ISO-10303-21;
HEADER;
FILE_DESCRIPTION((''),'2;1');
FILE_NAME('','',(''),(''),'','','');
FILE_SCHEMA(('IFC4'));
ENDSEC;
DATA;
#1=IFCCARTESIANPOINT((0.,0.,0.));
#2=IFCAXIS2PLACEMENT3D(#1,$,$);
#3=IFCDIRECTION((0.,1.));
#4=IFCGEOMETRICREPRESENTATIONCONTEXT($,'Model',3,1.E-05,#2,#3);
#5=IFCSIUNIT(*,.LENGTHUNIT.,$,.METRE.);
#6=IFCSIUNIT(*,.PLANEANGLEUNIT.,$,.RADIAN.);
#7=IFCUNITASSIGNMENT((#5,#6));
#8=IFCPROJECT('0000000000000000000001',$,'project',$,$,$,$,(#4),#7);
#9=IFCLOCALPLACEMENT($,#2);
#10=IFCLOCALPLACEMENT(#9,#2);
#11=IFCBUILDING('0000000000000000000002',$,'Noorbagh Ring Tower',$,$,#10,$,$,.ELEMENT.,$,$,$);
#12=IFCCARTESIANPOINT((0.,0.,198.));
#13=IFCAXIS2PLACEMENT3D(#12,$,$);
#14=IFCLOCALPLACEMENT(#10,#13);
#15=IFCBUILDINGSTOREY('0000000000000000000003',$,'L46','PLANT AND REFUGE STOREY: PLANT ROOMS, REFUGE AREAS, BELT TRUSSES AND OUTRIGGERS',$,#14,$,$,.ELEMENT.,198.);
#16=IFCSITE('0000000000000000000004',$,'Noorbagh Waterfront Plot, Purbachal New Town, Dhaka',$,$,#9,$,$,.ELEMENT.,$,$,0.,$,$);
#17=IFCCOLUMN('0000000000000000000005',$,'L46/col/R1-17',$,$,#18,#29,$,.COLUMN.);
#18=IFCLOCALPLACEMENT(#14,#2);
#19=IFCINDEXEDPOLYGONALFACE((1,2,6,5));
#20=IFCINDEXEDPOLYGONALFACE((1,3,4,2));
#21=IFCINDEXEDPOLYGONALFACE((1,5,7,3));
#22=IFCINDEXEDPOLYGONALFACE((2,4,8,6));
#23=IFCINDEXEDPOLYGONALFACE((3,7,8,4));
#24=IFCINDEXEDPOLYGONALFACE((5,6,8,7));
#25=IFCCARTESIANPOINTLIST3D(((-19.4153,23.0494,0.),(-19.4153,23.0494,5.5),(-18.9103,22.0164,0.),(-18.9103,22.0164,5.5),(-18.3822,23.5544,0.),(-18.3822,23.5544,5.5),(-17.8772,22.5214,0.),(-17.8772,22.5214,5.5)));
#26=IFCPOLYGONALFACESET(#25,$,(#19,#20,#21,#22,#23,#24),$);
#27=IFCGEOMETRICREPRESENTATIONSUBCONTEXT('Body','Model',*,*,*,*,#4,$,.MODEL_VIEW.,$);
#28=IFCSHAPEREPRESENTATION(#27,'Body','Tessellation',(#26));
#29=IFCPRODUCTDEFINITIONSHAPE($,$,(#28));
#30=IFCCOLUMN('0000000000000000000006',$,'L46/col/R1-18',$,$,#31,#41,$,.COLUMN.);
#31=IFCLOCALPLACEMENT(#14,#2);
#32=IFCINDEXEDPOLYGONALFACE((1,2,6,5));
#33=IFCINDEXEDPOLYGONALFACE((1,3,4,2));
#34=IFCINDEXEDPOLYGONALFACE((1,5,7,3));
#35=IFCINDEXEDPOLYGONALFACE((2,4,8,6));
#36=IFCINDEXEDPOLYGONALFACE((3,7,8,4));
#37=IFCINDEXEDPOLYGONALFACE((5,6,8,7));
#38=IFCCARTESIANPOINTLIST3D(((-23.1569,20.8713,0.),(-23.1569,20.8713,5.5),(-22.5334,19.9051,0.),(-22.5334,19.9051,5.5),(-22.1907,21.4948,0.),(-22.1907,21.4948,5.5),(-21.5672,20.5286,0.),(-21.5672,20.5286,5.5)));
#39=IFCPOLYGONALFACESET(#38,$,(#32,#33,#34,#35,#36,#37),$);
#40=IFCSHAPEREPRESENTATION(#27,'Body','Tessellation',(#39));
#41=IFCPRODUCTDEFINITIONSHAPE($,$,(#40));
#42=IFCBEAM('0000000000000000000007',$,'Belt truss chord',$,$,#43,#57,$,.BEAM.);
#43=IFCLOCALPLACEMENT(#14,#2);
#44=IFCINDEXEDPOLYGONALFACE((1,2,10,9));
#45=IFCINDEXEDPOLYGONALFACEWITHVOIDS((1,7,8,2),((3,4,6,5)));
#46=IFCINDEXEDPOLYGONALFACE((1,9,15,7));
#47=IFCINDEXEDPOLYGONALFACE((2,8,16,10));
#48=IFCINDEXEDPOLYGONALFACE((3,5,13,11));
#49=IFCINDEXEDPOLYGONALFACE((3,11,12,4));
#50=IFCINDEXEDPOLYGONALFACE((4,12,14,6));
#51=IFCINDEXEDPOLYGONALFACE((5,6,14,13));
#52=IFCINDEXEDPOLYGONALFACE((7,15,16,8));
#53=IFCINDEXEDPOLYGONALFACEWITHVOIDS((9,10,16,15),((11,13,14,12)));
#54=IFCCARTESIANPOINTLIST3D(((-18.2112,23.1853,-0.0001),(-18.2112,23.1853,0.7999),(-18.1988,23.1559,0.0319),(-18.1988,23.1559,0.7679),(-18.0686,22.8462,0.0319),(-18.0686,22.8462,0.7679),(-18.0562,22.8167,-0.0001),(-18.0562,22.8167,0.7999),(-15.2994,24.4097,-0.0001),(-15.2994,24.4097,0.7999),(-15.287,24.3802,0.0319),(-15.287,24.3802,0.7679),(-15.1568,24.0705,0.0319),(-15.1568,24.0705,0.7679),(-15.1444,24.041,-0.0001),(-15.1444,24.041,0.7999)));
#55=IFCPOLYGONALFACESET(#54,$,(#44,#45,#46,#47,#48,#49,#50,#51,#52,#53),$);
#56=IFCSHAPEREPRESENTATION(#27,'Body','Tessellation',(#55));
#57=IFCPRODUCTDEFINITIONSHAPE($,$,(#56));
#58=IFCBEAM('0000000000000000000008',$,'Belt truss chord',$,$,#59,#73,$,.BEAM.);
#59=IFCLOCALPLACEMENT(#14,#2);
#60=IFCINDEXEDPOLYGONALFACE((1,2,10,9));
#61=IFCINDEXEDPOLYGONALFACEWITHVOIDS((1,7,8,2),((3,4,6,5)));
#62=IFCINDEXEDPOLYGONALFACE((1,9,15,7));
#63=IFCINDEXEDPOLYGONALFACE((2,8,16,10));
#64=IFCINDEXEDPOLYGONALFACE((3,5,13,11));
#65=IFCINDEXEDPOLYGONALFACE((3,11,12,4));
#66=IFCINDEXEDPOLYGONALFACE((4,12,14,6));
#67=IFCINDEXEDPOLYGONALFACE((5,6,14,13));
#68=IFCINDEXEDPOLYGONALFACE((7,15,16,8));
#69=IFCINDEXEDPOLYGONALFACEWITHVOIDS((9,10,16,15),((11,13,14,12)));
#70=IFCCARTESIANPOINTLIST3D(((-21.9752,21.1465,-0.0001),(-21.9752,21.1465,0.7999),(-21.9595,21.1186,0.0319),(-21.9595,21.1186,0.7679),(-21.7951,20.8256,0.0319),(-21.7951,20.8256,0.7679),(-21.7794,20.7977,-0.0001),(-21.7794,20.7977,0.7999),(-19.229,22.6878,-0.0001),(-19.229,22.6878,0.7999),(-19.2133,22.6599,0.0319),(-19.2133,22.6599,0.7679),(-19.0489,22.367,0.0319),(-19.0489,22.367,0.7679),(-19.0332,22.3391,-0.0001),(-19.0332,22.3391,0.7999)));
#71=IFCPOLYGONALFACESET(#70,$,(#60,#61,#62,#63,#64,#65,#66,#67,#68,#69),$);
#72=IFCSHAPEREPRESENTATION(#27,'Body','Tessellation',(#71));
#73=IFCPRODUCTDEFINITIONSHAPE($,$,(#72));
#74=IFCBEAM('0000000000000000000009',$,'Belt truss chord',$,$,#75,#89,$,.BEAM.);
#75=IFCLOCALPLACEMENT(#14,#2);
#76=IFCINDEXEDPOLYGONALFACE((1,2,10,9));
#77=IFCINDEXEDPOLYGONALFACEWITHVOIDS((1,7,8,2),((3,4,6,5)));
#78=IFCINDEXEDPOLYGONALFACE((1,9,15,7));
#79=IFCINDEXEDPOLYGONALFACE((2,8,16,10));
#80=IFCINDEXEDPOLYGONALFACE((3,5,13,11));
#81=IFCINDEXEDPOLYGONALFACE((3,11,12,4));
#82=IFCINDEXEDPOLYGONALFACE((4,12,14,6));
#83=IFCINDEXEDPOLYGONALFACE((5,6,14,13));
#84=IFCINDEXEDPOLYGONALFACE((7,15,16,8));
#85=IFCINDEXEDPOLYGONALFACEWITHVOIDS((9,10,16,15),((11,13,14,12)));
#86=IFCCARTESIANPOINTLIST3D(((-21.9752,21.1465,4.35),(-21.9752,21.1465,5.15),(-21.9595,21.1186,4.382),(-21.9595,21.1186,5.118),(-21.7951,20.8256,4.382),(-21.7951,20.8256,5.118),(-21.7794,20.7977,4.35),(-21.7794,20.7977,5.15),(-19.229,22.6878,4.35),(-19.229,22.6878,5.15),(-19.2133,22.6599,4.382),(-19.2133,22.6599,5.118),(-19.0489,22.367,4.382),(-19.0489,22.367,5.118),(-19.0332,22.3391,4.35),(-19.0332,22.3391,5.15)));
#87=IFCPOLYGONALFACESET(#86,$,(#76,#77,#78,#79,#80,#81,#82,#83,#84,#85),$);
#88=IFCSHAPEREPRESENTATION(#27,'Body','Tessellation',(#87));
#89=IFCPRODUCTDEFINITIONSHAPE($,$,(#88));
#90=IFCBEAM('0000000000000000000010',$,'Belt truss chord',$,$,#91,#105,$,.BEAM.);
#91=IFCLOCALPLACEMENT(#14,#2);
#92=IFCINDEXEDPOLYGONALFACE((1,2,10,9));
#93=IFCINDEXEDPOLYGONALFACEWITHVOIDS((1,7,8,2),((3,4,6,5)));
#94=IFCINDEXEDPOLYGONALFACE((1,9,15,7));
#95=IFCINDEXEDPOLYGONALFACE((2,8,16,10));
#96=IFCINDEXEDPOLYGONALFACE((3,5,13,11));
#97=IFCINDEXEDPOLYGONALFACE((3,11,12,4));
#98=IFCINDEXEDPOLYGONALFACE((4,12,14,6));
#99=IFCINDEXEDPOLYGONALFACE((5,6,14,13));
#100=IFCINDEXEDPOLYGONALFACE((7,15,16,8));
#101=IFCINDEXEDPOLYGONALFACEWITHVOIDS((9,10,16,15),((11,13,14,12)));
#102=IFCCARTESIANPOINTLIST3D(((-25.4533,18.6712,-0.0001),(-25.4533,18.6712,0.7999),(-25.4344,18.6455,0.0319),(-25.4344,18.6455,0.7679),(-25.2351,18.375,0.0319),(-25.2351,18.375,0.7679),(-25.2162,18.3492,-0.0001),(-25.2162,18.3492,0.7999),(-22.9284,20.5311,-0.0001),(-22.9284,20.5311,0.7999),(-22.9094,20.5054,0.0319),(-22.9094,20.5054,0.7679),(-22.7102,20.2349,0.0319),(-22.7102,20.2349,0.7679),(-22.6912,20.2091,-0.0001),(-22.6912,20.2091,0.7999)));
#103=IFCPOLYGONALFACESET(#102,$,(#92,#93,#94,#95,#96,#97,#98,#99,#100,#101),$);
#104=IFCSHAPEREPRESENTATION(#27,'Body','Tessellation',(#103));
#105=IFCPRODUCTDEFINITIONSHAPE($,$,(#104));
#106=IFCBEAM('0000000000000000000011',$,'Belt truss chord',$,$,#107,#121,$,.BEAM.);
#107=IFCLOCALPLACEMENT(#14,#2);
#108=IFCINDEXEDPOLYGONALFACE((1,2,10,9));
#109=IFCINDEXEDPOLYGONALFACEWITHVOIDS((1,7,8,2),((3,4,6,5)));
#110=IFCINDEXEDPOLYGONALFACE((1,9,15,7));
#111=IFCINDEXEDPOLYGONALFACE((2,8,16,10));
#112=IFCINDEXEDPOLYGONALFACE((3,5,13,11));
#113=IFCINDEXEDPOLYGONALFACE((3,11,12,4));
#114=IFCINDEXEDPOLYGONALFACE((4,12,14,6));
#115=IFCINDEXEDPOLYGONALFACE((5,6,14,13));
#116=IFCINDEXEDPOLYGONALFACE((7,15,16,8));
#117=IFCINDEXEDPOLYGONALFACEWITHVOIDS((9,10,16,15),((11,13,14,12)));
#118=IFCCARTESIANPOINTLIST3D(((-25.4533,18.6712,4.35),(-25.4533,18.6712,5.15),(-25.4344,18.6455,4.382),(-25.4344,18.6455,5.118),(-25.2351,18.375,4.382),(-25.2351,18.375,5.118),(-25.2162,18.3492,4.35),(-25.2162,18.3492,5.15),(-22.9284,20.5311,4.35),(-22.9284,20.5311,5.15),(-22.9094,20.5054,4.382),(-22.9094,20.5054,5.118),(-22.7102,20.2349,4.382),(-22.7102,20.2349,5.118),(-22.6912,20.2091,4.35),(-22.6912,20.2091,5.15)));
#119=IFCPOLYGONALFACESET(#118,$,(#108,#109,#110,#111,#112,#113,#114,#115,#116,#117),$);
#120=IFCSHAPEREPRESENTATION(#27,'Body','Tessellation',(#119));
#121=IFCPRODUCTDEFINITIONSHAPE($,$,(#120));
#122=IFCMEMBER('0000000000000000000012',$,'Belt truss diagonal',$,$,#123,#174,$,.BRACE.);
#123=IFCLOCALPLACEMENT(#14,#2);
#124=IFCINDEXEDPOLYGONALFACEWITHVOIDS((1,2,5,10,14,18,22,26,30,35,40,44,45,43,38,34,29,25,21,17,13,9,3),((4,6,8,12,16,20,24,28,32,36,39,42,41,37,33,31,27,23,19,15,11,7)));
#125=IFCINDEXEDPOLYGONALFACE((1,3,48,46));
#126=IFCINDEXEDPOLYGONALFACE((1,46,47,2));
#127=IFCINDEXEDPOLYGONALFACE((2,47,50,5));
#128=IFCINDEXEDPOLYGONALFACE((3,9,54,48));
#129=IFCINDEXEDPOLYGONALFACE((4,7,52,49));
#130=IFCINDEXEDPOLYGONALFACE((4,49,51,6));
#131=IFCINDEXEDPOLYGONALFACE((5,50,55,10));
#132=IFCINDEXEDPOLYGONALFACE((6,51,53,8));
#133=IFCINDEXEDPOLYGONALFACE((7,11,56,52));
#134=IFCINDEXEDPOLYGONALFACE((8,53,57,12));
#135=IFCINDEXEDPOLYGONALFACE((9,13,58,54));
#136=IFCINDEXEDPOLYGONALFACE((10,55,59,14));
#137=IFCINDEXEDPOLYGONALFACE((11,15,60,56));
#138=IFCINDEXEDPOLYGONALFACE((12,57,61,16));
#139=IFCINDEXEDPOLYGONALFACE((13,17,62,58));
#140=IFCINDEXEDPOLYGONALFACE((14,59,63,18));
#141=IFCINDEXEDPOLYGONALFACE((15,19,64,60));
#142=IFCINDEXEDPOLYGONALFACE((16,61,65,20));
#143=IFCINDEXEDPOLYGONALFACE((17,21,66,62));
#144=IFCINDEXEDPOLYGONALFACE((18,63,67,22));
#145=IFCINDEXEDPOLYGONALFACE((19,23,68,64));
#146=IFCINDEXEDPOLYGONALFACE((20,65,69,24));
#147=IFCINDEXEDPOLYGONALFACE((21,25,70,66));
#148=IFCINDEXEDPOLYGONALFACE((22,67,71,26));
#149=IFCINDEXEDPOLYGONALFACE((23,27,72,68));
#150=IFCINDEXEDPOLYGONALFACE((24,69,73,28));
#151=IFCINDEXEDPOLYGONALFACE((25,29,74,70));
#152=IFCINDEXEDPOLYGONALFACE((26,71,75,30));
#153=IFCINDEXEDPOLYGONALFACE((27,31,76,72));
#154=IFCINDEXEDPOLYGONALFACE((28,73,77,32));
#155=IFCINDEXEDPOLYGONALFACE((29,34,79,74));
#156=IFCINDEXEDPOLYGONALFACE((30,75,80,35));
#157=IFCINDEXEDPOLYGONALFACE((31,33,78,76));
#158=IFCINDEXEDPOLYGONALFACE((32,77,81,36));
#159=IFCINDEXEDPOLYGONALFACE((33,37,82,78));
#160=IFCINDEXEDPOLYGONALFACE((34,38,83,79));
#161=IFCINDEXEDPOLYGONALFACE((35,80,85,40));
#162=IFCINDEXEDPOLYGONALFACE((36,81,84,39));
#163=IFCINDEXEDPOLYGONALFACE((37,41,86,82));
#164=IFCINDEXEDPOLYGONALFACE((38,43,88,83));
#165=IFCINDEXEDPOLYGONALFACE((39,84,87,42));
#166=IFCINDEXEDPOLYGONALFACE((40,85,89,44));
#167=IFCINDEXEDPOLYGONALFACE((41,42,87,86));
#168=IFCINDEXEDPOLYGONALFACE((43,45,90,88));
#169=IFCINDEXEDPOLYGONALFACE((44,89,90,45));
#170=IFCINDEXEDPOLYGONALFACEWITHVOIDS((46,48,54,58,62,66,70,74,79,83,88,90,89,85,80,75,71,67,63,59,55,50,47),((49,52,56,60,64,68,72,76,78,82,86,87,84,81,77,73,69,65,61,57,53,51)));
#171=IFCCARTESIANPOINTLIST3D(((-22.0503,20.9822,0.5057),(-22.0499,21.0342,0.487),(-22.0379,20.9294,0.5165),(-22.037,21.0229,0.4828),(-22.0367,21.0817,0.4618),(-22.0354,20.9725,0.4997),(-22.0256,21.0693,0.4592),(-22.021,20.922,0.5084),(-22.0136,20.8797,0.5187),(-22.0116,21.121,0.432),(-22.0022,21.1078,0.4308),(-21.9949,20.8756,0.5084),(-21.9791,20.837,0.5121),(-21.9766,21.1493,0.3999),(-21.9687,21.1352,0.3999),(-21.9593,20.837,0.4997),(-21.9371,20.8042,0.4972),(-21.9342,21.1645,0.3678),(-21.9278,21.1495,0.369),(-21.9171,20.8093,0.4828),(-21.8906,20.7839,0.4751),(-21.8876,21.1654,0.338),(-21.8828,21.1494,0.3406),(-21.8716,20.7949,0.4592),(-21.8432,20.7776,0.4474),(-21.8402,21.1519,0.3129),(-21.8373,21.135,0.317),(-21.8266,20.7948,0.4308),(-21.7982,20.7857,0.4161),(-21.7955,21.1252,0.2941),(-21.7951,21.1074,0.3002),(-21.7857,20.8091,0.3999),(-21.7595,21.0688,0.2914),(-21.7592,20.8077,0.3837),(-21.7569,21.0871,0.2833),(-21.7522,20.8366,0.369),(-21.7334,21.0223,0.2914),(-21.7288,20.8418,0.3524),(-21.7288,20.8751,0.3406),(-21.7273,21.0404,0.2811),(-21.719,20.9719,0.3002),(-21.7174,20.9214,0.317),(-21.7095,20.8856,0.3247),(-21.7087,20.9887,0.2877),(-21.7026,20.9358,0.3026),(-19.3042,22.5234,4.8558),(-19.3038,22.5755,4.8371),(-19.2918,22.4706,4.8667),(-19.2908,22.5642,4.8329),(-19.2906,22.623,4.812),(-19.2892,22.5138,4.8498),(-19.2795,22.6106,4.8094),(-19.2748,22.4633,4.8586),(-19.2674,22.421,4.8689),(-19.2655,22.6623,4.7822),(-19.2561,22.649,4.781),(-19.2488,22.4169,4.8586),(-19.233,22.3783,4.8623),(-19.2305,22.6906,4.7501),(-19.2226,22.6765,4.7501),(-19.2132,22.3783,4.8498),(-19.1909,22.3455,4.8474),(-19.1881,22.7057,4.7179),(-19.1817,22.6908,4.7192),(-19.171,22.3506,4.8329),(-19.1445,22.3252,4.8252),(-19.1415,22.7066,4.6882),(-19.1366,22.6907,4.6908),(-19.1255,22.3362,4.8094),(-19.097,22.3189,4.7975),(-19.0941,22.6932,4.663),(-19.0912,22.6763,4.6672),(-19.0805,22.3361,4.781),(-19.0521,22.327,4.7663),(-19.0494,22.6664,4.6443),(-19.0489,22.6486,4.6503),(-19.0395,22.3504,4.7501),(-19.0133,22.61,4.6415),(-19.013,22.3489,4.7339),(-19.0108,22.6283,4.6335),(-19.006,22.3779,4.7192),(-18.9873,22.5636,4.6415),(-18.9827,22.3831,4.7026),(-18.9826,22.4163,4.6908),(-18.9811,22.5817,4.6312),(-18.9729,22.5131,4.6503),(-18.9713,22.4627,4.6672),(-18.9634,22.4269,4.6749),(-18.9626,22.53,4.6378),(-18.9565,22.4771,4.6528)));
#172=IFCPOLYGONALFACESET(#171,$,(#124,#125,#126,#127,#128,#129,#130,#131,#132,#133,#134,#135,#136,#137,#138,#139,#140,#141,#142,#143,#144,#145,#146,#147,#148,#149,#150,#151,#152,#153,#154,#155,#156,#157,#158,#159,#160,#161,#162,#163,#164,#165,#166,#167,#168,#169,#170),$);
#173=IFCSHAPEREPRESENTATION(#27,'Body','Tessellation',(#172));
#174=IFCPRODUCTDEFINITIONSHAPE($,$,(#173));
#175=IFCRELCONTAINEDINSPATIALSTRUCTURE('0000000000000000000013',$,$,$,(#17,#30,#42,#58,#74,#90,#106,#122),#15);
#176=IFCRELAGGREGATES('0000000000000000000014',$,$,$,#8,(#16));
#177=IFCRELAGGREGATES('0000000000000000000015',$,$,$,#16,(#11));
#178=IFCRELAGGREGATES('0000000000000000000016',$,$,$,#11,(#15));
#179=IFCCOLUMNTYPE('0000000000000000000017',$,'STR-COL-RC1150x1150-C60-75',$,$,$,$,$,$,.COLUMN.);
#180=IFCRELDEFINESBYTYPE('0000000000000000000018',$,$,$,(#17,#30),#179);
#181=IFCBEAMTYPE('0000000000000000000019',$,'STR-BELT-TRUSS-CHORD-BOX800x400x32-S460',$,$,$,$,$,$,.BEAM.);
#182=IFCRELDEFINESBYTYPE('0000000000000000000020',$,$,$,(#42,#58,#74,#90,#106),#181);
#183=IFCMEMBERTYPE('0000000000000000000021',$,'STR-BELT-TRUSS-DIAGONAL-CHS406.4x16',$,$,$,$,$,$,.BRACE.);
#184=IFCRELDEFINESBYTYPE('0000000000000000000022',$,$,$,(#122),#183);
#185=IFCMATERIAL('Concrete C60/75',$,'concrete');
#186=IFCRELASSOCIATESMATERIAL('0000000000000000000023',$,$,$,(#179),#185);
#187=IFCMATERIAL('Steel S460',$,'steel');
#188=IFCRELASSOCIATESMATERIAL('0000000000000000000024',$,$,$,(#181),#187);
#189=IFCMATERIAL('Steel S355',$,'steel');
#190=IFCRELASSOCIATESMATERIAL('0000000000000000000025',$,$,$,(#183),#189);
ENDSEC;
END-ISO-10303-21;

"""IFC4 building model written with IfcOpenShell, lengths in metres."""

from ifc_helpers import new_model, si_unit, direction, frame, origin, origin_2d, place, context, subcontext, project, spatial, rectangle, hollow_rectangle, hollow_circle, extrude, material, material_profile, profile_set, type_object, element, save


model = new_model("IFC4")

# Units and contexts
model_context = context("Model", 3, precision=1e-05, world=origin(), true_north=direction((0.0, 1.0)))
body_context = subcontext(model_context, "Body", "Model", "MODEL_VIEW")
ifc_project = project(units=[si_unit("LENGTHUNIT", "METRE"), si_unit("PLANEANGLEUNIT", "RADIAN")], contexts=[model_context])

# Site, building, storey
site_placement = place(None, origin())
site = spatial("IfcSite", under=ifc_project, at=site_placement, Name="Noorbagh Waterfront Plot, Purbachal New Town, Dhaka", CompositionType="ELEMENT", RefElevation=0.0)
building_placement = place(site_placement, origin())
building = spatial("IfcBuilding", under=site, at=building_placement, Name="Noorbagh Ring Tower", CompositionType="ELEMENT")
storey_placement = place(building_placement, frame((0.0, 0.0, 198.0)))
storey = spatial("IfcBuildingStorey", under=building, at=storey_placement, Name="L46", Description="PLANT AND REFUGE STOREY: PLANT ROOMS, REFUGE AREAS, BELT TRUSSES AND OUTRIGGERS", CompositionType="ELEMENT", Elevation=198.0)

# Columns
ifc_material_1 = material(Name="Concrete C60/75", Category="concrete")
ifc_material_profile_1 = material_profile(ifc_material_1, rectangle(XDim=1.1499, YDim=1.1499, at=origin_2d()), Name="RC1150x1150")
ifc_profile_set_1 = profile_set([ifc_material_profile_1], Name="Concrete C60/75")
column_type = type_object("IfcColumnType", Name="STR-COL-RC1150x1150-C60-75", PredefinedType="COLUMN", material=ifc_profile_set_1)
for number, where, z_axis, x_axis, name in (
    (1, (-18.6462, 22.7854, 0.0), (0.0, 0.0, 1.0), (-0.898399, -0.43918, 0.0), "L46/col/R1-17"),
    (2, (-22.3621, 20.7, 0.0), (0.0, 0.0, 1.0), (-0.840248, -0.542203, 0.0), "L46/col/R1-18"),
):
    element("IfcColumn", number, at=place(storey_placement, frame(where, z_axis=z_axis, x_axis=x_axis)), inside=storey, type_object=column_type, Name=name, PredefinedType="COLUMN", context=body_context, shape_type="SweptSolid", body=[
        extrude(rectangle(XDim=1.1499, YDim=1.1499, at=origin_2d()), origin(), (0.0, 0.0, 1.0), 5.5),
    ])

# Beams
ifc_material_2 = material(Name="Steel S460", Category="steel")
ifc_material_profile_2 = material_profile(ifc_material_2, hollow_rectangle(XDim=0.3999, YDim=0.8, WallThickness=0.032, at=origin_2d()), Name="BOX800x400x32")
ifc_profile_set_2 = profile_set([ifc_material_profile_2], Name="Steel S460")
beam_type_1 = type_object("IfcBeamType", Name="STR-BELT-TRUSS-CHORD-BOX800x400x32-S460", PredefinedType="BEAM", material=ifc_profile_set_2)
beam_1_placement = place(storey_placement, frame((-15.2219, 24.2253, 0.3999), z_axis=(-0.921826, -0.387604, 0.0), x_axis=(0.387604, -0.921826, 0.0)))
element("IfcBeam", 3, at=beam_1_placement, inside=storey, type_object=beam_type_1, Name="Belt truss chord", PredefinedType="BEAM", context=body_context, shape_type="SweptSolid", body=[
    extrude(hollow_rectangle(XDim=0.3999, YDim=0.8, WallThickness=0.032, at=origin_2d()), origin(), (0.0, 0.0, 1.0), 3.1587),
])
for number, where, z_axis, x_axis, name in (
    (4, (-19.1311, 22.5134, 0.3999), (-0.872039, -0.489437, 0.0), (0.489437, -0.872039, 0.0), "Belt truss chord"),
    (5, (-19.1311, 22.5134, 4.75), (-0.872039, -0.489437, 0.0), (0.489437, -0.872039, 0.0), "Belt truss chord"),
):
    element("IfcBeam", number, at=place(storey_placement, frame(where, z_axis=z_axis, x_axis=x_axis)), inside=storey, type_object=beam_type_1, Name=name, PredefinedType="BEAM", context=body_context, shape_type="SweptSolid", body=[
        extrude(hollow_rectangle(XDim=0.3999, YDim=0.8, WallThickness=0.032, at=origin_2d()), origin(), (0.0, 0.0, 1.0), 3.1492),
    ])
for number, where, z_axis, x_axis, name in (
    (6, (-22.8098, 20.3701, 0.3999), (-0.805146, -0.593077, 0.0), (0.593077, -0.805146, 0.0), "Belt truss chord"),
    (7, (-22.8098, 20.3701, 4.75), (-0.805146, -0.593077, 0.0), (0.593077, -0.805146, 0.0), "Belt truss chord"),
):
    element("IfcBeam", number, at=place(storey_placement, frame(where, z_axis=z_axis, x_axis=x_axis)), inside=storey, type_object=beam_type_1, Name=name, PredefinedType="BEAM", context=body_context, shape_type="SweptSolid", body=[
        extrude(hollow_rectangle(XDim=0.3999, YDim=0.8, WallThickness=0.032, at=origin_2d()), origin(), (0.0, 0.0, 1.0), 3.136),
    ])

# Member
ifc_material_3 = material(Name="Steel S355", Category="steel")
ifc_material_profile_3 = material_profile(ifc_material_3, hollow_circle(Radius=0.2031, WallThickness=0.0161, at=origin_2d()), Name="CHS406.4x16")
ifc_profile_set_3 = profile_set([ifc_material_profile_3], Name="Steel S355")
member_type = type_object("IfcMemberType", Name="STR-BELT-TRUSS-DIAGONAL-CHS406.4x16", PredefinedType="BRACE", material=ifc_profile_set_3)
member_1_placement = place(storey_placement, frame((-21.8772, 20.9722, 0.3999), z_axis=(0.511351, 0.286998, 0.810032), x_axis=(-0.489437, 0.872039, 0.0)))
element("IfcMember", 8, at=member_1_placement, inside=storey, type_object=member_type, Name="Belt truss diagonal", PredefinedType="BRACE", context=body_context, shape_type="SweptSolid", body=[
    extrude(hollow_circle(Radius=0.2031, WallThickness=0.0161, at=origin_2d()), origin(), (0.0, 0.0, 1.0), 5.3704),
])

save(model, "model.ifc")
